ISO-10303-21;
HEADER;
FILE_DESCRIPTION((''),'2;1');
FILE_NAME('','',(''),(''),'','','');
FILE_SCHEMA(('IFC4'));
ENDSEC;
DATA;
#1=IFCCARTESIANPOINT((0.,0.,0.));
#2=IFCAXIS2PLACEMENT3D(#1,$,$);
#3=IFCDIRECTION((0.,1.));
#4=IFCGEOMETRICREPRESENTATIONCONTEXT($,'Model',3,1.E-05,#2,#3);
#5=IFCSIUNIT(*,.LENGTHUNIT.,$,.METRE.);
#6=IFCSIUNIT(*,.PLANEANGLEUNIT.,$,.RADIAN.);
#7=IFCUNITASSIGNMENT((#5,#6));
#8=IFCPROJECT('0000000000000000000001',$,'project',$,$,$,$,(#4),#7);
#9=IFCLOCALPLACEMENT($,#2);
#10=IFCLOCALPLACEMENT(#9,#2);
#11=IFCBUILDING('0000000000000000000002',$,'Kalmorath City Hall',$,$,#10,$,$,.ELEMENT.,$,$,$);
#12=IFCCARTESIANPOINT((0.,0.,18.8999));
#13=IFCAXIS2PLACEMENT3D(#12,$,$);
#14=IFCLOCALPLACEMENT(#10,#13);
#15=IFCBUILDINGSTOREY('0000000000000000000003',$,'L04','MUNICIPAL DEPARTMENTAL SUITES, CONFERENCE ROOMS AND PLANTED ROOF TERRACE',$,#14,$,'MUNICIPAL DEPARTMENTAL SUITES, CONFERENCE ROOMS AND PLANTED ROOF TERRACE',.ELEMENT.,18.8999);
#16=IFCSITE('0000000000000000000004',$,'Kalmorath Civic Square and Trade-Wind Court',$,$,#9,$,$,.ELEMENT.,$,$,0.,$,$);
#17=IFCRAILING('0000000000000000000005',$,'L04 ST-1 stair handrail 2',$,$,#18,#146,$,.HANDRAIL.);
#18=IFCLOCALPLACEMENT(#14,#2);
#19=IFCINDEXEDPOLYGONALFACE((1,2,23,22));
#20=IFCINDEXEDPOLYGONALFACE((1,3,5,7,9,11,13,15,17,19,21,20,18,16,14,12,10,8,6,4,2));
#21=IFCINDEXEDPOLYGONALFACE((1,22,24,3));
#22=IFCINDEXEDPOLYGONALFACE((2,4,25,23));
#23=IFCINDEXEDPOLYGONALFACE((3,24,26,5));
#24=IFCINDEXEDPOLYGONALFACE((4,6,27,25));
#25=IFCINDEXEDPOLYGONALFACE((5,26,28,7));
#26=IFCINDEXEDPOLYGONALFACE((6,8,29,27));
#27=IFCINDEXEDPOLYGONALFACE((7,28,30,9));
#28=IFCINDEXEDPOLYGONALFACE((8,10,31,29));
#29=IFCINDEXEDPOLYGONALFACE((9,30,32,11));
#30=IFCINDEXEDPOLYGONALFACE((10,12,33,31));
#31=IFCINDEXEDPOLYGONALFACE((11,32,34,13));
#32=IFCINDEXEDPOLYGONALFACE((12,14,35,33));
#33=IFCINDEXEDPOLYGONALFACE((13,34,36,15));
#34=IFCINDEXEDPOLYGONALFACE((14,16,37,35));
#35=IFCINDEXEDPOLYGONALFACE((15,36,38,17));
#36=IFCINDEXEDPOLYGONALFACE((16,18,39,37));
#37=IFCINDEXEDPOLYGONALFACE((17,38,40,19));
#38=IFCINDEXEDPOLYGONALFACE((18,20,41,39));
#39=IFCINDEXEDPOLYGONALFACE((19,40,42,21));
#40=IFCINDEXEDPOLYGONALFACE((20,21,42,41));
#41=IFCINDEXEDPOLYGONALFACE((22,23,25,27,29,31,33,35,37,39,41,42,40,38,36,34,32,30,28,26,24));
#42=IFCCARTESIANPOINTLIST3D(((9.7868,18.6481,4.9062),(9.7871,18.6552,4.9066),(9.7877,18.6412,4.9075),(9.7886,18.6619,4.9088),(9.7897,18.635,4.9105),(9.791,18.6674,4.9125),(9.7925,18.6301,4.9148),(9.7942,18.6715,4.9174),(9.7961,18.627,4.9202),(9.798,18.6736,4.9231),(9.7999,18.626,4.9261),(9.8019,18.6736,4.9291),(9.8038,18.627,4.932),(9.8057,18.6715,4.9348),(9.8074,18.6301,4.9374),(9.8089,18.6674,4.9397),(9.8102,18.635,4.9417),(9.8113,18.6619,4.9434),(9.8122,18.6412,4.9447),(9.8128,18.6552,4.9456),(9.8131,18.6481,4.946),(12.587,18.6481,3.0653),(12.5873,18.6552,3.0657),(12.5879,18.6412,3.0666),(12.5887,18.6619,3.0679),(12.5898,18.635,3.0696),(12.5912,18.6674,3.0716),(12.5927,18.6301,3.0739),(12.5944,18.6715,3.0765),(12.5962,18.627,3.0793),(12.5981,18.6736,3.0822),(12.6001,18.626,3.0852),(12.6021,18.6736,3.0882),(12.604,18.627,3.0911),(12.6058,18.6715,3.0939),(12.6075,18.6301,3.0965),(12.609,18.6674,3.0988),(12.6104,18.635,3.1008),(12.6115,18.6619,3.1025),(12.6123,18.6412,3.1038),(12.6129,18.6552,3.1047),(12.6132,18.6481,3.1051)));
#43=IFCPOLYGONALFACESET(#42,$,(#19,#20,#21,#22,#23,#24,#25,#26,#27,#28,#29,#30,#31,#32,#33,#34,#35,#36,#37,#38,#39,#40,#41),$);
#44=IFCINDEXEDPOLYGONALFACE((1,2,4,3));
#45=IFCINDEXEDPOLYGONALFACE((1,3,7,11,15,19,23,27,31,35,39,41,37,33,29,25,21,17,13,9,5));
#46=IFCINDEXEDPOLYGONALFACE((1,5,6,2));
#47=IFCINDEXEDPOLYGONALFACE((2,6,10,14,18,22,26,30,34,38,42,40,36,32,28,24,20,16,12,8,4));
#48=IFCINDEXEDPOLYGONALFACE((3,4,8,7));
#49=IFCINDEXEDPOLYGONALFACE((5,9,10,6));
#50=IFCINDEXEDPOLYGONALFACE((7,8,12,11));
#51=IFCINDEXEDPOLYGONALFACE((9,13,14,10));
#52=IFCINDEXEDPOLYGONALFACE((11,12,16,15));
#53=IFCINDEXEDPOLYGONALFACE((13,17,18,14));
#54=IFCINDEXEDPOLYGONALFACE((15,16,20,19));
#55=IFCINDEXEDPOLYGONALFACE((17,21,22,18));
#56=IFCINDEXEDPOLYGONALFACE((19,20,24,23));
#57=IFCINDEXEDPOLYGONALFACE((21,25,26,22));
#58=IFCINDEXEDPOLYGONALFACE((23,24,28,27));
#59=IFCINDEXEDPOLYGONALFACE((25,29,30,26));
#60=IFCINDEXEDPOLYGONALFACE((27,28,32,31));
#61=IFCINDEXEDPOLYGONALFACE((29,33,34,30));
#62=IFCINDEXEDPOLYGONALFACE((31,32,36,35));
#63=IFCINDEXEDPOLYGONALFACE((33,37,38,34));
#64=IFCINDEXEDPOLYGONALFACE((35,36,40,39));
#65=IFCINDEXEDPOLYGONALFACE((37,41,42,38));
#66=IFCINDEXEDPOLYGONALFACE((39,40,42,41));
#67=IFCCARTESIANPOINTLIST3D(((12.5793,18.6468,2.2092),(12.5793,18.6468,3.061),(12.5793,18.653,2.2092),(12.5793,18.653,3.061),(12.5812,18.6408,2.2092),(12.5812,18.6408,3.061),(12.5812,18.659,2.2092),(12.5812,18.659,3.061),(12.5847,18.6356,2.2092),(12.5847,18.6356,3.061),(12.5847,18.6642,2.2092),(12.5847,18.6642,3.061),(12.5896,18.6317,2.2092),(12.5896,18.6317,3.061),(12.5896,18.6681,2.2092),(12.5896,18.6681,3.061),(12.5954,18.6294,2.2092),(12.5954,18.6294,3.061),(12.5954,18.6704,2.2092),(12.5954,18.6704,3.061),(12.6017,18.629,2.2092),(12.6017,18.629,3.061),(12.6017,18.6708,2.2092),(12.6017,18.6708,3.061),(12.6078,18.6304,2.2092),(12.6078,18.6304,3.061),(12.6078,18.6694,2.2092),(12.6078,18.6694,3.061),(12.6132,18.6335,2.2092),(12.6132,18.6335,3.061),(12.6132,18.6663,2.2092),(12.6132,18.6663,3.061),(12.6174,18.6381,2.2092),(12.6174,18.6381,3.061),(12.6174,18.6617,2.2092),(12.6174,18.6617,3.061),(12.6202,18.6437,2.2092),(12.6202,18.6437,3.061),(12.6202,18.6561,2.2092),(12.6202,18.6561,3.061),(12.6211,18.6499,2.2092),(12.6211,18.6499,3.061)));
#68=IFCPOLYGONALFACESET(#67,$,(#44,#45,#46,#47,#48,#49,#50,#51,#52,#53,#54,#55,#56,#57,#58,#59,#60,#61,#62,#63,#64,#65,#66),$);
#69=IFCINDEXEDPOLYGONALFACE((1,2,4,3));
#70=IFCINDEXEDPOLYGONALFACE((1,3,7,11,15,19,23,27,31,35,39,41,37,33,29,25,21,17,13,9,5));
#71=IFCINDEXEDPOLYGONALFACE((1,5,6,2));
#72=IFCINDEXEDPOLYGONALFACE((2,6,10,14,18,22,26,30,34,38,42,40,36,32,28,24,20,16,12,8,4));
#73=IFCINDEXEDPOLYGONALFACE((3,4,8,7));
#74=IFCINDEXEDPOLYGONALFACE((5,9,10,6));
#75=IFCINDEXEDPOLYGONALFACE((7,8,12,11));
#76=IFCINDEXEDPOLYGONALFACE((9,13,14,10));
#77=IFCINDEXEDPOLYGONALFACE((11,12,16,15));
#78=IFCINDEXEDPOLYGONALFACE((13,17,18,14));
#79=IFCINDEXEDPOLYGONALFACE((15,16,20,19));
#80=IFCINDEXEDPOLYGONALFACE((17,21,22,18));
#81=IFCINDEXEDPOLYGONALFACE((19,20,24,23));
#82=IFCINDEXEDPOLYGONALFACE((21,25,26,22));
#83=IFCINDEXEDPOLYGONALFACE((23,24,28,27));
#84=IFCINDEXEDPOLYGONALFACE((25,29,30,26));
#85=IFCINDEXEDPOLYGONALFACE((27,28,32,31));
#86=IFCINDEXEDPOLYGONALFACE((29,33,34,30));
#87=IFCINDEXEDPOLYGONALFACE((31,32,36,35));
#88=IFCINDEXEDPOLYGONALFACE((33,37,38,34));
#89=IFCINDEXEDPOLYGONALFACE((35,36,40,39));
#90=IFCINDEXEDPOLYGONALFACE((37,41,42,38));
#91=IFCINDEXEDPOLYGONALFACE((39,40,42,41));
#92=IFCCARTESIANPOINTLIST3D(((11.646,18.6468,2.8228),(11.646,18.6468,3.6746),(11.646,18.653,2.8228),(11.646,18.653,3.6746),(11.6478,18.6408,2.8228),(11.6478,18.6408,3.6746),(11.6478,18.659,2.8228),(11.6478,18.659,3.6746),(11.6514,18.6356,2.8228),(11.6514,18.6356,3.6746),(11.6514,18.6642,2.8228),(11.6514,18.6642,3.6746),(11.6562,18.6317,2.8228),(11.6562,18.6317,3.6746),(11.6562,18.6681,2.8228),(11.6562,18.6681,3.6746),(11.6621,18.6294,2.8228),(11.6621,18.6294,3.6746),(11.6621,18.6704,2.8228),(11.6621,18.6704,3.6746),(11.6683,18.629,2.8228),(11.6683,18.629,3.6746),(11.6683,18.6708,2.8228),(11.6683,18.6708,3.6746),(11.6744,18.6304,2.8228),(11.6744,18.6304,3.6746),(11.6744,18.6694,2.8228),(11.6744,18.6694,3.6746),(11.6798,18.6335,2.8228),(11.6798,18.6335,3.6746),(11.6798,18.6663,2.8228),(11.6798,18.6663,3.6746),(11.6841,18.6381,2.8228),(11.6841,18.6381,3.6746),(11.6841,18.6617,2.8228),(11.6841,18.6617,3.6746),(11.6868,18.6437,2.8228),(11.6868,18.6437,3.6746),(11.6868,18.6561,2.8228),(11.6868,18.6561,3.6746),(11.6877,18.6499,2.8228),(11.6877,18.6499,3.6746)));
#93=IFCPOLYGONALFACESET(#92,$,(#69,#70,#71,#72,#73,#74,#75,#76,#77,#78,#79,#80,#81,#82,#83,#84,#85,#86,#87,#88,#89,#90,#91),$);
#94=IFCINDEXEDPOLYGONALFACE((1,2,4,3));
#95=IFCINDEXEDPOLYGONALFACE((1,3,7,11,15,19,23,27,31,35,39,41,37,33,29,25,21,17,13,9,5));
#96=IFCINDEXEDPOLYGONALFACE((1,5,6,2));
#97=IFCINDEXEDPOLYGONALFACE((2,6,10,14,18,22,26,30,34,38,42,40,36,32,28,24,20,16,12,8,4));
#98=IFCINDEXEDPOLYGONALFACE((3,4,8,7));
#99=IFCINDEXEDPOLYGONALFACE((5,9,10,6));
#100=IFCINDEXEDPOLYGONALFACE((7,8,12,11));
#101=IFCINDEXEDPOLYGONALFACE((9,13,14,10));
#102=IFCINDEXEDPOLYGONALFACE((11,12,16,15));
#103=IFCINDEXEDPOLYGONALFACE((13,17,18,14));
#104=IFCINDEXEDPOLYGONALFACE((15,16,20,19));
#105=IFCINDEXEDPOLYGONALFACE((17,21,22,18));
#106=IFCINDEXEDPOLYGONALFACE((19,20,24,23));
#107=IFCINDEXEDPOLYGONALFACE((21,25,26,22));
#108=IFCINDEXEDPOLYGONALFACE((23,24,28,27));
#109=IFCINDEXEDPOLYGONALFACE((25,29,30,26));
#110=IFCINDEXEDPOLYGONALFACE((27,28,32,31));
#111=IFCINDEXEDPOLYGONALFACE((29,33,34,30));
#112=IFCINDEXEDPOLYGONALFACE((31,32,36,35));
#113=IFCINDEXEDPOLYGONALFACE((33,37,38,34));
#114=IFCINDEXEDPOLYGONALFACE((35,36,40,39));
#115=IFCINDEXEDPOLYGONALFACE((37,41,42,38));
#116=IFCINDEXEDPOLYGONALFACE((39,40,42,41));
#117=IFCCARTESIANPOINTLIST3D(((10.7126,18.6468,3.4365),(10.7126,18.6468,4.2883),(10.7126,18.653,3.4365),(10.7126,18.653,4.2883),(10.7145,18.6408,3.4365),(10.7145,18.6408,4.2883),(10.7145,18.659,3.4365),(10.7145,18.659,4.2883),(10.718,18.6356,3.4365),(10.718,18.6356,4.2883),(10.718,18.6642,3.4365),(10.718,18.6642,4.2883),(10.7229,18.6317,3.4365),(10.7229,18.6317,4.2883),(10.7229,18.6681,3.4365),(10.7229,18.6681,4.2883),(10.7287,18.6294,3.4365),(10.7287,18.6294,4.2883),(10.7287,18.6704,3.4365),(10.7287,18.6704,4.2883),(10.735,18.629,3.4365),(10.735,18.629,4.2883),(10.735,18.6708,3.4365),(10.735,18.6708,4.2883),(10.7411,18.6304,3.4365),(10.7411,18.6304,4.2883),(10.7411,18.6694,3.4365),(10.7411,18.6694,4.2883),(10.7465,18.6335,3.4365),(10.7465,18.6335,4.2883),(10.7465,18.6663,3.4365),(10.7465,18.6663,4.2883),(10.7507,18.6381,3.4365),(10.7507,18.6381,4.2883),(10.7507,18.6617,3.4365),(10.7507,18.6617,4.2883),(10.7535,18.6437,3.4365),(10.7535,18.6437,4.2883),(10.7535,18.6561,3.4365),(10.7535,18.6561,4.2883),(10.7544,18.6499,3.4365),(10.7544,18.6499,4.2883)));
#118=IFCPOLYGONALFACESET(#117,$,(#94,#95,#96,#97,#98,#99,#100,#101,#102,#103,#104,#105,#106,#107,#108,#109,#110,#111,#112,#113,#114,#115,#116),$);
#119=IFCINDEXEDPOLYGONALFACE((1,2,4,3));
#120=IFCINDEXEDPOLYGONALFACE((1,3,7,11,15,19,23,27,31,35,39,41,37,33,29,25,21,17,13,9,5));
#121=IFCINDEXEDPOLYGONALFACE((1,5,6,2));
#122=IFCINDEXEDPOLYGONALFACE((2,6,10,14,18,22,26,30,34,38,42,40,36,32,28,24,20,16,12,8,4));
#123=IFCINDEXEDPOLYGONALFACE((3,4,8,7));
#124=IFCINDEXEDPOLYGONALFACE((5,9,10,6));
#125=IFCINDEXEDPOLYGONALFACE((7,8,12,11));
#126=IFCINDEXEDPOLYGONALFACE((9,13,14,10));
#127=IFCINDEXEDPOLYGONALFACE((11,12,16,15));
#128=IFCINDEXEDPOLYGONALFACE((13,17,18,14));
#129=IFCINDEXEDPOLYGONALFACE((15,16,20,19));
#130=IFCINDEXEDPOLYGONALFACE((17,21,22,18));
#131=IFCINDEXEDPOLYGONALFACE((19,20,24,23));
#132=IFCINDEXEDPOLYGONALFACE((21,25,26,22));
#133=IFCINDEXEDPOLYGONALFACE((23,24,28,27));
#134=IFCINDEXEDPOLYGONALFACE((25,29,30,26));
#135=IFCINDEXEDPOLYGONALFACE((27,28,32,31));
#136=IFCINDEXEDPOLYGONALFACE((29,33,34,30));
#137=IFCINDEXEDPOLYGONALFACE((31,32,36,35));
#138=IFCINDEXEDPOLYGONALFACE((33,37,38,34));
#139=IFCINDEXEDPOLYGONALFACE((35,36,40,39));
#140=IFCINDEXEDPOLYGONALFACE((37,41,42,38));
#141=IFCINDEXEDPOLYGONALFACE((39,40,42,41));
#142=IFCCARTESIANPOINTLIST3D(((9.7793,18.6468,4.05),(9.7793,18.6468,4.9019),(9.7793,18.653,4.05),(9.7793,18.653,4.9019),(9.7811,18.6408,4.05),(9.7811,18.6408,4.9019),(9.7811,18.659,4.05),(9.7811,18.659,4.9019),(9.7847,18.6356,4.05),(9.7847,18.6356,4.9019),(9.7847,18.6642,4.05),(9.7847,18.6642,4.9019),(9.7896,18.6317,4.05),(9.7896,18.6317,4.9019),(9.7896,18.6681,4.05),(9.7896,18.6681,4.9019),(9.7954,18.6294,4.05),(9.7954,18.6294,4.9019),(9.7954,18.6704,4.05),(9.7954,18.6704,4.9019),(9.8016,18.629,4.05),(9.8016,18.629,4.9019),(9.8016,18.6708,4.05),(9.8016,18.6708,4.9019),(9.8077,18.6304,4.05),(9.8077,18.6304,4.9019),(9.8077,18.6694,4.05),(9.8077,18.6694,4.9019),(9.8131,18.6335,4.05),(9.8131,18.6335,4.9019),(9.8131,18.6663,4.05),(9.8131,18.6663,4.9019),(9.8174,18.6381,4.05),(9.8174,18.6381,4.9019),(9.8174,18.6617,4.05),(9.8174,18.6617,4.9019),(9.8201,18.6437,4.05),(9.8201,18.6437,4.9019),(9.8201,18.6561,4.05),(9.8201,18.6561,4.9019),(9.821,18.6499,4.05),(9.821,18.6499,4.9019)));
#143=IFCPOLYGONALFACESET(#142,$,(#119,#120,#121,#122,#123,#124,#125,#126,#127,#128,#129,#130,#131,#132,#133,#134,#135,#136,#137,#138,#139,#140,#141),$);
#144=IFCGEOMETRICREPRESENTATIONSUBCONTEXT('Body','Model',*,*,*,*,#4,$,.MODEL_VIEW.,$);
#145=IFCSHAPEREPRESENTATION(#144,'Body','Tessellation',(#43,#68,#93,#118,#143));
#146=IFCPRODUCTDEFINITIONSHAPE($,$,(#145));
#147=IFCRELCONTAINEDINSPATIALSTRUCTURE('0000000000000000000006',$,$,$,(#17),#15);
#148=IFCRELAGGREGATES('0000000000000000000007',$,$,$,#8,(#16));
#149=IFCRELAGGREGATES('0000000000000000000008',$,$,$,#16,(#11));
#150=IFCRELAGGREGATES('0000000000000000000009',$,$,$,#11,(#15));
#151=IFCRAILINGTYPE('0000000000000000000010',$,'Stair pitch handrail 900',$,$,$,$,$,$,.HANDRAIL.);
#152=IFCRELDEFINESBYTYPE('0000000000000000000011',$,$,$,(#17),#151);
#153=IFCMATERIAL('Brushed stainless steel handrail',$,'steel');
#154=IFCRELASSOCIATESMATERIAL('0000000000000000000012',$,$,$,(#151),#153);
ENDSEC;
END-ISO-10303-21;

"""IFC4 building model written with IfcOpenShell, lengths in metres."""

from ifc_helpers import new_model, si_unit, direction, frame, origin, origin_2d, place, context, subcontext, project, spatial, circle, extrude, material, type_object, element, save


model = new_model("IFC4")

# Units and contexts
model_context = context("Model", 3, precision=1e-05, world=origin(), true_north=direction((0.0, 1.0)))
body_context = subcontext(model_context, "Body", "Model", "MODEL_VIEW")
ifc_project = project(units=[si_unit("LENGTHUNIT", "METRE"), si_unit("PLANEANGLEUNIT", "RADIAN")], contexts=[model_context])

# Site, building, storey
site_placement = place(None, origin())
site = spatial("IfcSite", under=ifc_project, at=site_placement, Name="Kalmorath Civic Square and Trade-Wind Court", CompositionType="ELEMENT", RefElevation=0.0)
building_placement = place(site_placement, origin())
building = spatial("IfcBuilding", under=site, at=building_placement, Name="Kalmorath City Hall", CompositionType="ELEMENT")
storey_placement = place(building_placement, frame((0.0, 0.0, 18.8999)))
storey = spatial("IfcBuildingStorey", under=building, at=storey_placement, Name="L04", Description="MUNICIPAL DEPARTMENTAL SUITES, CONFERENCE ROOMS AND PLANTED ROOF TERRACE", LongName="MUNICIPAL DEPARTMENTAL SUITES, CONFERENCE ROOMS AND PLANTED ROOF TERRACE", CompositionType="ELEMENT", Elevation=18.8999)

# Railing
ifc_material_1 = material(Name="Brushed stainless steel handrail", Category="steel")
railing_type_1 = type_object("IfcRailingType", Name="Stair pitch handrail 900", PredefinedType="HANDRAIL", material=ifc_material_1)
for number, where, name in (
    (1, (12.6001, 18.6499, 2.2092), "L04 ST-1 stair handrail 2"),
):
    element("IfcRailing", number, at=place(storey_placement, frame(where)), inside=storey, type_object=railing_type_1, Name=name, PredefinedType="HANDRAIL", context=body_context, shape_type="SweptSolid", body=[
        extrude(circle(Radius=0.0239, at=origin_2d()), frame((0.0, 0.0, 0.876), z_axis=(-0.835598, 0.0, 0.549342), x_axis=(0.0, -1.0, 0.0)), (0.0, 0.0, 1.0), 3.3511),
        extrude(circle(Radius=0.021, at=origin_2d()), origin(), (0.0, 0.0, 1.0), 0.8518),
        extrude(circle(Radius=0.021, at=origin_2d()), frame((-0.9333, 0.0, 0.6135)), (0.0, 0.0, 1.0), 0.8518),
        extrude(circle(Radius=0.021, at=origin_2d()), frame((-1.8667, 0.0, 1.2273)), (0.0, 0.0, 1.0), 0.8518),
        extrude(circle(Radius=0.021, at=origin_2d()), frame((-2.8, 0.0, 1.8408)), (0.0, 0.0, 1.0), 0.8518),
    ])

save(model, "model.ifc")
